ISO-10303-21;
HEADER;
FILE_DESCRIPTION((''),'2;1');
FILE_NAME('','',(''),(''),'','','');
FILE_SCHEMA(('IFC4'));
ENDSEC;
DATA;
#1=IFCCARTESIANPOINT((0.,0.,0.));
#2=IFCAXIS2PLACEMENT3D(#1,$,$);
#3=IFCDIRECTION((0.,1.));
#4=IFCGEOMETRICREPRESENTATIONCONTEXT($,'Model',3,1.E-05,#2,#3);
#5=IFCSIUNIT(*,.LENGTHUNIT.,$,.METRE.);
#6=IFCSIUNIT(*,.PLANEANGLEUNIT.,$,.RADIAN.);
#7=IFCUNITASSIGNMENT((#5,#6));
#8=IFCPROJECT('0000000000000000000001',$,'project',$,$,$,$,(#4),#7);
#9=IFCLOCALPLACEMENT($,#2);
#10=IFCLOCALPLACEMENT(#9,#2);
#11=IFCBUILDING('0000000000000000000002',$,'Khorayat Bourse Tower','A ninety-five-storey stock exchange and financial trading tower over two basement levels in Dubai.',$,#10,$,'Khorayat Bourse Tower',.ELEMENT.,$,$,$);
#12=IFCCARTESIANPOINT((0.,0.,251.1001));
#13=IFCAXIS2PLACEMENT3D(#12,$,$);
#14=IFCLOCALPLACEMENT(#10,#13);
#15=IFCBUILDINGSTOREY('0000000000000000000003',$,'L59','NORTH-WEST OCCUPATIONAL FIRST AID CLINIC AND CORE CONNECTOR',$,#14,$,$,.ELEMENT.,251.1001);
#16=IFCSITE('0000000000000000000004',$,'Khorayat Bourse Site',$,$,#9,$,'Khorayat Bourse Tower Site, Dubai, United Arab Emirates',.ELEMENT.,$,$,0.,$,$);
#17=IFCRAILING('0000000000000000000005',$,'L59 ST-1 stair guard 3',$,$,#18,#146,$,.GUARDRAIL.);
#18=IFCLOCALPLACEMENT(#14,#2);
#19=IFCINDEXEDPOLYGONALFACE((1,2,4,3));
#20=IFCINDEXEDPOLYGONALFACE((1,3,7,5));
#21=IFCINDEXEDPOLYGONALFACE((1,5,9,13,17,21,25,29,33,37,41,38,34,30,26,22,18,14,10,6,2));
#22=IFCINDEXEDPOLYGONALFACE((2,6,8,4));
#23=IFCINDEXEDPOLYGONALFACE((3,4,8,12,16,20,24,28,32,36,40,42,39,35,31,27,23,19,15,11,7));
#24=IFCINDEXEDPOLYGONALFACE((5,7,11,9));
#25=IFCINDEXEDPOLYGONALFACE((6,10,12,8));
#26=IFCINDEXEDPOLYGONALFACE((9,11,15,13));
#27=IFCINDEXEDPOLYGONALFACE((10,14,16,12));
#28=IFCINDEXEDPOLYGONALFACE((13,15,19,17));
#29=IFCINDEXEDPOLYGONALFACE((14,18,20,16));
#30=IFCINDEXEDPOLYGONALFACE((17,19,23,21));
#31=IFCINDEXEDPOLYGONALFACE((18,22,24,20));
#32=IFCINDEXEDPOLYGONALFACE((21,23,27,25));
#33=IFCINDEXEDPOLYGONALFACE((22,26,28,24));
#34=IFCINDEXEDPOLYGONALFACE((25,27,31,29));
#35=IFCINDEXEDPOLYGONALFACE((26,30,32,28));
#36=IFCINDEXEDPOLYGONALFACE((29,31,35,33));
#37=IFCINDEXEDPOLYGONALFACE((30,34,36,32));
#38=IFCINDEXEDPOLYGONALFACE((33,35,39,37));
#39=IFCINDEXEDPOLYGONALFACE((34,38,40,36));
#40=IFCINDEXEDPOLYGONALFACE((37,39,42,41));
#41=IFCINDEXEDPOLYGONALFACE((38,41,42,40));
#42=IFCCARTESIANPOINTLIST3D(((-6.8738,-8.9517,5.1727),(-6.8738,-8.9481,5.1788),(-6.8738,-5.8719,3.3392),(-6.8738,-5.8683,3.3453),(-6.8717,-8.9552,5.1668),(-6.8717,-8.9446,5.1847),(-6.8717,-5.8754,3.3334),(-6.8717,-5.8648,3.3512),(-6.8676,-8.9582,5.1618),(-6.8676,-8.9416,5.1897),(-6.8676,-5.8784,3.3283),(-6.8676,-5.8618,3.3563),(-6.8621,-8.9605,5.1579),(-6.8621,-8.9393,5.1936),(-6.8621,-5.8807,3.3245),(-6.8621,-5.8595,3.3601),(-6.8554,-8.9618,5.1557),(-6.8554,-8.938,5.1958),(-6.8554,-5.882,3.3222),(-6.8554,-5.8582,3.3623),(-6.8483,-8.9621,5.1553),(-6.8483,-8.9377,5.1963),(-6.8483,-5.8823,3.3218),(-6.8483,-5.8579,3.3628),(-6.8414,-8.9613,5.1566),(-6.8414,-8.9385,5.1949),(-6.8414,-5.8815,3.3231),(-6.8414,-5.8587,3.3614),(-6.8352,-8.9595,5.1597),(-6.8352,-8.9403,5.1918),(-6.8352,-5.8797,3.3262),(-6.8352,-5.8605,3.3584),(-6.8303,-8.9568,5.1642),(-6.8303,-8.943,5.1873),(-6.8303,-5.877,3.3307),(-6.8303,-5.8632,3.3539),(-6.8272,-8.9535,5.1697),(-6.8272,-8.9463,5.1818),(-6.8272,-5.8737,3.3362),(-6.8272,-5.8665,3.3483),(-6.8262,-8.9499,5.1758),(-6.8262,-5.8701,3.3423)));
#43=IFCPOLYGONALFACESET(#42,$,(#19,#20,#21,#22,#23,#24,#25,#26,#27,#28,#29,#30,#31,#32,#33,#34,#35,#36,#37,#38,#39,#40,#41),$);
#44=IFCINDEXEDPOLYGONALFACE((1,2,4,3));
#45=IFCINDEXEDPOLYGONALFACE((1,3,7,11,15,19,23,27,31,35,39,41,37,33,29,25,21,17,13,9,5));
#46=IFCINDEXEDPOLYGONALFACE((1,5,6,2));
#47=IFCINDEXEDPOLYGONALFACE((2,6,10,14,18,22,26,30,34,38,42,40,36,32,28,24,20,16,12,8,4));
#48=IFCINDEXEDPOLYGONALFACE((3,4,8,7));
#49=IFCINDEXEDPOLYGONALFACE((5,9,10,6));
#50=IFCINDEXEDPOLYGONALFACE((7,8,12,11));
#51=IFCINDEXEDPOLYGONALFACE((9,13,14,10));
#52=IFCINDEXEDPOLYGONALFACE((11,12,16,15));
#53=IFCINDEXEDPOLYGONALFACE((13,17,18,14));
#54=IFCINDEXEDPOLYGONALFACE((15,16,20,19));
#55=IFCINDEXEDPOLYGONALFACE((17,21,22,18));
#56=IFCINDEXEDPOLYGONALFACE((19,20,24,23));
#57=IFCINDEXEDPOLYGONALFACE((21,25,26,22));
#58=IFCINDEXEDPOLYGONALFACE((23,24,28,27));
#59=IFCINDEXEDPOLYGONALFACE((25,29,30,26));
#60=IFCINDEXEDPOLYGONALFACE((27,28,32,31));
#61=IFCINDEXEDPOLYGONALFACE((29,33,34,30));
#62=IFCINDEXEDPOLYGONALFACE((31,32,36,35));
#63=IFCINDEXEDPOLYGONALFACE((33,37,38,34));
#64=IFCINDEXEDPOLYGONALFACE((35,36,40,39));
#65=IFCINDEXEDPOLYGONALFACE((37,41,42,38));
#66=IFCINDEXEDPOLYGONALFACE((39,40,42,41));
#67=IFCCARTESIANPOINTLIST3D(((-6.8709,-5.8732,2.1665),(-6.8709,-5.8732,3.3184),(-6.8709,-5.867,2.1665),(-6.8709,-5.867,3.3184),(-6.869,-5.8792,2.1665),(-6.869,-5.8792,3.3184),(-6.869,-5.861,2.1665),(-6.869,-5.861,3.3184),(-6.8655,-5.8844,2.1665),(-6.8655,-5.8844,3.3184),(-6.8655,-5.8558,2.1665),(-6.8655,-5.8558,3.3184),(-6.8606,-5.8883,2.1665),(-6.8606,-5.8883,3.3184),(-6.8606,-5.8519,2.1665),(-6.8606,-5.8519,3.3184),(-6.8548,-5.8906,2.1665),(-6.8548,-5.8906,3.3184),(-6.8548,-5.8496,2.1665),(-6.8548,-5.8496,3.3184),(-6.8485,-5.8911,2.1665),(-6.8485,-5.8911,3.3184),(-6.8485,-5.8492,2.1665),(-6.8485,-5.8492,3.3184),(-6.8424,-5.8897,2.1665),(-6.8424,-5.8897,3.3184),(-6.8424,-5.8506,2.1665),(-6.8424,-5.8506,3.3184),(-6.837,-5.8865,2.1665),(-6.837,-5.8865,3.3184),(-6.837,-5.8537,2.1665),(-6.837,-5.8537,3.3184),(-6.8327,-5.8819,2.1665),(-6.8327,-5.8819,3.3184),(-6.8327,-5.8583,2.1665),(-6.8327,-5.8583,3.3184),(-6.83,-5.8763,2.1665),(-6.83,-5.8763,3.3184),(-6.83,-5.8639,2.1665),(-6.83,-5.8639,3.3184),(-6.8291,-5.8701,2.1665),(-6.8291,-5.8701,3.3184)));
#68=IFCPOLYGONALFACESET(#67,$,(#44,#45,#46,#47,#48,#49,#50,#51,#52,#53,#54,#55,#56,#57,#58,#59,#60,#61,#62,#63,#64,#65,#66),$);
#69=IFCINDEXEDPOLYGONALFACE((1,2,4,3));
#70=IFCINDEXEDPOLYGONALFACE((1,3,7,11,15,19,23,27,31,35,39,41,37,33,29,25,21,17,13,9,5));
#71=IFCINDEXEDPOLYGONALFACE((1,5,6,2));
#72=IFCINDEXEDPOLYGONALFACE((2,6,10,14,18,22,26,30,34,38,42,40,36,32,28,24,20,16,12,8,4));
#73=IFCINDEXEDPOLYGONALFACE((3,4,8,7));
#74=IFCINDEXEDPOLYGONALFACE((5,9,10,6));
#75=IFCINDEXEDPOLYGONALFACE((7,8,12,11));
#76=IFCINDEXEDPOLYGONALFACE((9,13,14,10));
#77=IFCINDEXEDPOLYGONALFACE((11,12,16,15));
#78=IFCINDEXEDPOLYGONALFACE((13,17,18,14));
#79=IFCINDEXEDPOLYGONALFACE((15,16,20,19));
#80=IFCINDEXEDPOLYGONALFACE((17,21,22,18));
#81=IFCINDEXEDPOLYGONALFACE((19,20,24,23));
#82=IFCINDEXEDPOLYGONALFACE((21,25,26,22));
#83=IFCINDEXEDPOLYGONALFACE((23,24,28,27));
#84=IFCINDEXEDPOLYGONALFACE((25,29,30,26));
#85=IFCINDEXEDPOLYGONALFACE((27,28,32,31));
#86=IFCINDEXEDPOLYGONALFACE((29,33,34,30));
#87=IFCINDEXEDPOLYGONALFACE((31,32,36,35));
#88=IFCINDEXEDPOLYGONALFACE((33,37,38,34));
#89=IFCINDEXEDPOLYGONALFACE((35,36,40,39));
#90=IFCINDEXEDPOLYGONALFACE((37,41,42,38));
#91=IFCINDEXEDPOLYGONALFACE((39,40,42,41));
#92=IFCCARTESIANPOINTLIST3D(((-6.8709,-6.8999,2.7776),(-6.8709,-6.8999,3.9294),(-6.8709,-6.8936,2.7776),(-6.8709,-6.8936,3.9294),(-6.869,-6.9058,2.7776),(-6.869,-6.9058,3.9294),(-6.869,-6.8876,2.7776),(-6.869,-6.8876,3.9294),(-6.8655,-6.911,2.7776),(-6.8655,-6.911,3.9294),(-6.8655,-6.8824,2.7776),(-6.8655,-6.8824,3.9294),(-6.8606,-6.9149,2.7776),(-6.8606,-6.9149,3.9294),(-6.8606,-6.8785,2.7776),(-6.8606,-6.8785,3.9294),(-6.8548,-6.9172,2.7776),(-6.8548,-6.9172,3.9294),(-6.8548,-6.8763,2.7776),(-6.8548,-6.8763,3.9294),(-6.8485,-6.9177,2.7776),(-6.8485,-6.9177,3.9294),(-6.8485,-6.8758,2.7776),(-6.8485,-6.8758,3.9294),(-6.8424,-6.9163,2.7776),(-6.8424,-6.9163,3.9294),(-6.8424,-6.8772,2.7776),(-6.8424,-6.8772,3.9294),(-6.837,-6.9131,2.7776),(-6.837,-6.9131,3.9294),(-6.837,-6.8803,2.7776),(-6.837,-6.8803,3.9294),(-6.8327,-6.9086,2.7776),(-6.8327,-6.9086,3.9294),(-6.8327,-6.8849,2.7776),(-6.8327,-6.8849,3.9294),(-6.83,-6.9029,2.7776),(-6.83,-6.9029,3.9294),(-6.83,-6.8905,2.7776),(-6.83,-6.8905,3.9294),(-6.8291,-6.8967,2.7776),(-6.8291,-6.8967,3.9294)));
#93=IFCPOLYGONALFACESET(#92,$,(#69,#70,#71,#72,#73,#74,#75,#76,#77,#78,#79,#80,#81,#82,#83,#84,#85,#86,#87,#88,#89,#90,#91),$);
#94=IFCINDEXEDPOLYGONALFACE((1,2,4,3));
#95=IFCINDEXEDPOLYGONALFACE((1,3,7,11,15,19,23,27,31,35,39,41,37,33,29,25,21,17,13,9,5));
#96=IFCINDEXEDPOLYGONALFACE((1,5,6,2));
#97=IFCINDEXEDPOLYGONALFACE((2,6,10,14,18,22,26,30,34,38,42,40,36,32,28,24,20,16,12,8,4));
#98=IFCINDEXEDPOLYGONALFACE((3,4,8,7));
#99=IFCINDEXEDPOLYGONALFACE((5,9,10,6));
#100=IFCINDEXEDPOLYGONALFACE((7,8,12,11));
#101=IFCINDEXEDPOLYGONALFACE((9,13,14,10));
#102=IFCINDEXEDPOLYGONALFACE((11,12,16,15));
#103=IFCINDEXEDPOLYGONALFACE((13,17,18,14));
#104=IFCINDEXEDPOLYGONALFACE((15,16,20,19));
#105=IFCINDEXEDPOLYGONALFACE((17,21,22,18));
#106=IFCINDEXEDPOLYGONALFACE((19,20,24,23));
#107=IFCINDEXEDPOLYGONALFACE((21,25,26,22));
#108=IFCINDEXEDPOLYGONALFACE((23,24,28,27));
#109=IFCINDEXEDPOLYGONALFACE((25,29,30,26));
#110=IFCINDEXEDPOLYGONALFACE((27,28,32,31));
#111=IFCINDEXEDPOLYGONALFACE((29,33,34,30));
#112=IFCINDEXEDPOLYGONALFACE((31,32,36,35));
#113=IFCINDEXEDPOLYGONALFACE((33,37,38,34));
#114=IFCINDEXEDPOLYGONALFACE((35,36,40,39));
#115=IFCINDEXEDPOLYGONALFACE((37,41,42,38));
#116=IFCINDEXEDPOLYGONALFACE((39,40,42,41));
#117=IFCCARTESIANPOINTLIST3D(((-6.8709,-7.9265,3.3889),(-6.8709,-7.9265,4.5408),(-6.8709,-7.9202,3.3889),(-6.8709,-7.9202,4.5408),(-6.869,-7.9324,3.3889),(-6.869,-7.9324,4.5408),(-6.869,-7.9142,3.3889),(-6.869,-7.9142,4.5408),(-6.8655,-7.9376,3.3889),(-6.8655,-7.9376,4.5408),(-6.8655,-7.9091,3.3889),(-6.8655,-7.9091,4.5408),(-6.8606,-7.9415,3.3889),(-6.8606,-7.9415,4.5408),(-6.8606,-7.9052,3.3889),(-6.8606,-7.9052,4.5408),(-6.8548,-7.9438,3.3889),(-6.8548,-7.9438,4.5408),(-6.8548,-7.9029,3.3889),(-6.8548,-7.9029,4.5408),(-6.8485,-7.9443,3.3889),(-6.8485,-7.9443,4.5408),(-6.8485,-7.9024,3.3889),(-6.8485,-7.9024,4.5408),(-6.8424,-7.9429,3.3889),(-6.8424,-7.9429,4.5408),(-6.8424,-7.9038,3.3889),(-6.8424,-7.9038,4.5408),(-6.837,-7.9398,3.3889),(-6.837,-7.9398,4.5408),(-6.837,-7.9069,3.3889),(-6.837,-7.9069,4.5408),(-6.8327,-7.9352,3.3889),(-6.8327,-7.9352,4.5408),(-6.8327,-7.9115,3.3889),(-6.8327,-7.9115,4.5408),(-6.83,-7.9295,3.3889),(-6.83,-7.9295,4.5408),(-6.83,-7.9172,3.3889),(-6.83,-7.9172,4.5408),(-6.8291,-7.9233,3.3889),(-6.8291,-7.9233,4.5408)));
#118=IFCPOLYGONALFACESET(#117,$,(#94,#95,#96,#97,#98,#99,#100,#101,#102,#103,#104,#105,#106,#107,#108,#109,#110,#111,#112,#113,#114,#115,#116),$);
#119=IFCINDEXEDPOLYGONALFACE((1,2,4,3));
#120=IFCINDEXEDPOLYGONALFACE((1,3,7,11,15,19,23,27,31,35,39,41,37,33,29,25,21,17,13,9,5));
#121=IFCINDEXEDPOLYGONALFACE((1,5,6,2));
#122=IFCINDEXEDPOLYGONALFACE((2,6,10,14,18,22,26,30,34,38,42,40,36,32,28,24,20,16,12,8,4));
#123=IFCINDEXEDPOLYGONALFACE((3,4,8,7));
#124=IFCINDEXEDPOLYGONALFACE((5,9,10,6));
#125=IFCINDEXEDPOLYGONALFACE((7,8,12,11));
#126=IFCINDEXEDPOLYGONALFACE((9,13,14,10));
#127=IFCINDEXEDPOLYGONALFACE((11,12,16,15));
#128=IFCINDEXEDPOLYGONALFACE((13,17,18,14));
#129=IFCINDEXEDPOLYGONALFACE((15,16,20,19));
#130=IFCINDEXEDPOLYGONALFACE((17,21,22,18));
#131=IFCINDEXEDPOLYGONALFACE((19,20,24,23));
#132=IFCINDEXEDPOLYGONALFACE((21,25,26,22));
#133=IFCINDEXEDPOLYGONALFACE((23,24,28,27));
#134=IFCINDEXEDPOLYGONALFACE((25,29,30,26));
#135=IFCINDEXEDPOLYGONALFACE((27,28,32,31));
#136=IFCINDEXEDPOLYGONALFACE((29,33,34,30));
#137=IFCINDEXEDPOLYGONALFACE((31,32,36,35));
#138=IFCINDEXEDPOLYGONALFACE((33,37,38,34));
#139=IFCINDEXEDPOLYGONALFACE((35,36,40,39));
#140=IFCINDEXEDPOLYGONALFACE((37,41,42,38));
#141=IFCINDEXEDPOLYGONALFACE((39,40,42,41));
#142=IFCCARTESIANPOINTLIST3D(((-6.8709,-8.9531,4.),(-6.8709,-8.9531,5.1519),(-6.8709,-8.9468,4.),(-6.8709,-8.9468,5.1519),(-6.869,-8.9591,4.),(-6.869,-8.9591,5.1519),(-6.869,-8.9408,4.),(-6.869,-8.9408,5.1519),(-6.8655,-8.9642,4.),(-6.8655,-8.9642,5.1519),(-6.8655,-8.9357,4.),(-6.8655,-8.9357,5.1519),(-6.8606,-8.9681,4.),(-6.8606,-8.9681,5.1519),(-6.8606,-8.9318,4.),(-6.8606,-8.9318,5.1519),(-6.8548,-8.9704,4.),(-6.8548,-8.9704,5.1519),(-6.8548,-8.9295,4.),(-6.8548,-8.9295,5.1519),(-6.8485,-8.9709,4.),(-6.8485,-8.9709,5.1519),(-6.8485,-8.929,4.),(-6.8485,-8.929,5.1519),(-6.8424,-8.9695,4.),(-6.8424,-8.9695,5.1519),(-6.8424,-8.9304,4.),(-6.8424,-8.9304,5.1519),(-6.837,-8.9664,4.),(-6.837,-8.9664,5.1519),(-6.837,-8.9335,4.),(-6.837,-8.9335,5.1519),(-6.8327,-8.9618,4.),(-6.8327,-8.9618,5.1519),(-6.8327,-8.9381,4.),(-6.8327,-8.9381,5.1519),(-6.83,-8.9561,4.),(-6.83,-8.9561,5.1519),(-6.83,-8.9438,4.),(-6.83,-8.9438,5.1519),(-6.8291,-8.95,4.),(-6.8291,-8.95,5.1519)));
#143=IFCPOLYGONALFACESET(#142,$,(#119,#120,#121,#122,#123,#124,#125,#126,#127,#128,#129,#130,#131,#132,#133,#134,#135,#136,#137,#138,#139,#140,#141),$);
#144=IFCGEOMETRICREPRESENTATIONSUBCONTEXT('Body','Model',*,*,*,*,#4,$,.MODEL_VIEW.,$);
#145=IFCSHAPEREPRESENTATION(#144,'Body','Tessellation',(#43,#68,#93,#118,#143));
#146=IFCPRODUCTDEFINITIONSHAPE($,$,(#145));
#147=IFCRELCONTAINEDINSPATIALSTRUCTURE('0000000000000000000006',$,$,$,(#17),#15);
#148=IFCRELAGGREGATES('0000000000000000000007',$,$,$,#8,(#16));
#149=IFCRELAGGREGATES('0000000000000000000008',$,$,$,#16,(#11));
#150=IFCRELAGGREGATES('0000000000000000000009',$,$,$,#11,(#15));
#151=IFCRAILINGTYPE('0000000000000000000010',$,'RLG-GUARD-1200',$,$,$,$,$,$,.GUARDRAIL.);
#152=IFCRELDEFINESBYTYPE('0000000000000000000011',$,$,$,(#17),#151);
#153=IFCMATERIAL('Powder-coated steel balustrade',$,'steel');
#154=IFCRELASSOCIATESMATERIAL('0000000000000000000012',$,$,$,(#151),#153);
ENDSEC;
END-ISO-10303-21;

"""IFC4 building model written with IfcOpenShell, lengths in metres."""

from ifc_helpers import new_model, si_unit, direction, frame, origin, origin_2d, place, context, subcontext, project, spatial, circle, extrude, source, transform, mapped, material, type_object, element, save


model = new_model("IFC4")

# Units and contexts
model_context = context("Model", 3, precision=1e-05, world=origin(), true_north=direction((0.0, 1.0)))
body_context = subcontext(model_context, "Body", "Model", "MODEL_VIEW")
ifc_project = project(units=[si_unit("LENGTHUNIT", "METRE"), si_unit("PLANEANGLEUNIT", "RADIAN")], contexts=[model_context])

# Site, building, storey
site_placement = place(None, origin())
site = spatial("IfcSite", under=ifc_project, at=site_placement, Name="Khorayat Bourse Site", LongName="Khorayat Bourse Tower Site, Dubai, United Arab Emirates", CompositionType="ELEMENT", RefElevation=0.0)
building_placement = place(site_placement, origin())
building = spatial("IfcBuilding", under=site, at=building_placement, Name="Khorayat Bourse Tower", Description="A ninety-five-storey stock exchange and financial trading tower over two basement levels in Dubai.", LongName="Khorayat Bourse Tower", CompositionType="ELEMENT")
storey_placement = place(building_placement, frame((0.0, 0.0, 251.1001)))
storey = spatial("IfcBuildingStorey", under=building, at=storey_placement, Name="L59", Description="NORTH-WEST OCCUPATIONAL FIRST AID CLINIC AND CORE CONNECTOR", CompositionType="ELEMENT", Elevation=251.1001)

# Railing
ifc_material_1 = material(Name="Powder-coated steel balustrade", Category="steel")
railing_type_1 = type_object("IfcRailingType", Name="RLG-GUARD-1200", PredefinedType="GUARDRAIL", material=ifc_material_1)
shared_shape_1 = source(origin(), body_context, "Body", "SweptSolid", [
    extrude(circle(Radius=0.0239, at=origin_2d()), frame((0.0, 0.0, 1.1758), z_axis=(0.0, -0.859261, 0.511538), x_axis=(1.0, 0.0, 0.0)), (0.0, 0.0, 1.0), 3.5842),
    extrude(circle(Radius=0.021, at=origin_2d()), origin(), (0.0, 0.0, 1.0), 1.1519),
    extrude(circle(Radius=0.021, at=origin_2d()), frame((0.0, -1.0266, 0.6111)), (0.0, 0.0, 1.0), 1.1519),
    extrude(circle(Radius=0.021, at=origin_2d()), frame((0.0, -2.0532, 1.2224)), (0.0, 0.0, 1.0), 1.1519),
    extrude(circle(Radius=0.021, at=origin_2d()), frame((0.0, -3.0798, 1.8335)), (0.0, 0.0, 1.0), 1.1519),
])
railing_1_placement = place(storey_placement, frame((-6.8501, -5.8701, 2.1665)))
element("IfcRailing", 1, at=railing_1_placement, inside=storey, type_object=railing_type_1, Name="L59 ST-1 stair guard 3", PredefinedType="GUARDRAIL", context=body_context, shape_type="MappedRepresentation", body=[
    mapped(shared_shape_1, transform((0.0, 0.0, 0.0), scale=1.0)),
])

save(model, "model.ifc")
